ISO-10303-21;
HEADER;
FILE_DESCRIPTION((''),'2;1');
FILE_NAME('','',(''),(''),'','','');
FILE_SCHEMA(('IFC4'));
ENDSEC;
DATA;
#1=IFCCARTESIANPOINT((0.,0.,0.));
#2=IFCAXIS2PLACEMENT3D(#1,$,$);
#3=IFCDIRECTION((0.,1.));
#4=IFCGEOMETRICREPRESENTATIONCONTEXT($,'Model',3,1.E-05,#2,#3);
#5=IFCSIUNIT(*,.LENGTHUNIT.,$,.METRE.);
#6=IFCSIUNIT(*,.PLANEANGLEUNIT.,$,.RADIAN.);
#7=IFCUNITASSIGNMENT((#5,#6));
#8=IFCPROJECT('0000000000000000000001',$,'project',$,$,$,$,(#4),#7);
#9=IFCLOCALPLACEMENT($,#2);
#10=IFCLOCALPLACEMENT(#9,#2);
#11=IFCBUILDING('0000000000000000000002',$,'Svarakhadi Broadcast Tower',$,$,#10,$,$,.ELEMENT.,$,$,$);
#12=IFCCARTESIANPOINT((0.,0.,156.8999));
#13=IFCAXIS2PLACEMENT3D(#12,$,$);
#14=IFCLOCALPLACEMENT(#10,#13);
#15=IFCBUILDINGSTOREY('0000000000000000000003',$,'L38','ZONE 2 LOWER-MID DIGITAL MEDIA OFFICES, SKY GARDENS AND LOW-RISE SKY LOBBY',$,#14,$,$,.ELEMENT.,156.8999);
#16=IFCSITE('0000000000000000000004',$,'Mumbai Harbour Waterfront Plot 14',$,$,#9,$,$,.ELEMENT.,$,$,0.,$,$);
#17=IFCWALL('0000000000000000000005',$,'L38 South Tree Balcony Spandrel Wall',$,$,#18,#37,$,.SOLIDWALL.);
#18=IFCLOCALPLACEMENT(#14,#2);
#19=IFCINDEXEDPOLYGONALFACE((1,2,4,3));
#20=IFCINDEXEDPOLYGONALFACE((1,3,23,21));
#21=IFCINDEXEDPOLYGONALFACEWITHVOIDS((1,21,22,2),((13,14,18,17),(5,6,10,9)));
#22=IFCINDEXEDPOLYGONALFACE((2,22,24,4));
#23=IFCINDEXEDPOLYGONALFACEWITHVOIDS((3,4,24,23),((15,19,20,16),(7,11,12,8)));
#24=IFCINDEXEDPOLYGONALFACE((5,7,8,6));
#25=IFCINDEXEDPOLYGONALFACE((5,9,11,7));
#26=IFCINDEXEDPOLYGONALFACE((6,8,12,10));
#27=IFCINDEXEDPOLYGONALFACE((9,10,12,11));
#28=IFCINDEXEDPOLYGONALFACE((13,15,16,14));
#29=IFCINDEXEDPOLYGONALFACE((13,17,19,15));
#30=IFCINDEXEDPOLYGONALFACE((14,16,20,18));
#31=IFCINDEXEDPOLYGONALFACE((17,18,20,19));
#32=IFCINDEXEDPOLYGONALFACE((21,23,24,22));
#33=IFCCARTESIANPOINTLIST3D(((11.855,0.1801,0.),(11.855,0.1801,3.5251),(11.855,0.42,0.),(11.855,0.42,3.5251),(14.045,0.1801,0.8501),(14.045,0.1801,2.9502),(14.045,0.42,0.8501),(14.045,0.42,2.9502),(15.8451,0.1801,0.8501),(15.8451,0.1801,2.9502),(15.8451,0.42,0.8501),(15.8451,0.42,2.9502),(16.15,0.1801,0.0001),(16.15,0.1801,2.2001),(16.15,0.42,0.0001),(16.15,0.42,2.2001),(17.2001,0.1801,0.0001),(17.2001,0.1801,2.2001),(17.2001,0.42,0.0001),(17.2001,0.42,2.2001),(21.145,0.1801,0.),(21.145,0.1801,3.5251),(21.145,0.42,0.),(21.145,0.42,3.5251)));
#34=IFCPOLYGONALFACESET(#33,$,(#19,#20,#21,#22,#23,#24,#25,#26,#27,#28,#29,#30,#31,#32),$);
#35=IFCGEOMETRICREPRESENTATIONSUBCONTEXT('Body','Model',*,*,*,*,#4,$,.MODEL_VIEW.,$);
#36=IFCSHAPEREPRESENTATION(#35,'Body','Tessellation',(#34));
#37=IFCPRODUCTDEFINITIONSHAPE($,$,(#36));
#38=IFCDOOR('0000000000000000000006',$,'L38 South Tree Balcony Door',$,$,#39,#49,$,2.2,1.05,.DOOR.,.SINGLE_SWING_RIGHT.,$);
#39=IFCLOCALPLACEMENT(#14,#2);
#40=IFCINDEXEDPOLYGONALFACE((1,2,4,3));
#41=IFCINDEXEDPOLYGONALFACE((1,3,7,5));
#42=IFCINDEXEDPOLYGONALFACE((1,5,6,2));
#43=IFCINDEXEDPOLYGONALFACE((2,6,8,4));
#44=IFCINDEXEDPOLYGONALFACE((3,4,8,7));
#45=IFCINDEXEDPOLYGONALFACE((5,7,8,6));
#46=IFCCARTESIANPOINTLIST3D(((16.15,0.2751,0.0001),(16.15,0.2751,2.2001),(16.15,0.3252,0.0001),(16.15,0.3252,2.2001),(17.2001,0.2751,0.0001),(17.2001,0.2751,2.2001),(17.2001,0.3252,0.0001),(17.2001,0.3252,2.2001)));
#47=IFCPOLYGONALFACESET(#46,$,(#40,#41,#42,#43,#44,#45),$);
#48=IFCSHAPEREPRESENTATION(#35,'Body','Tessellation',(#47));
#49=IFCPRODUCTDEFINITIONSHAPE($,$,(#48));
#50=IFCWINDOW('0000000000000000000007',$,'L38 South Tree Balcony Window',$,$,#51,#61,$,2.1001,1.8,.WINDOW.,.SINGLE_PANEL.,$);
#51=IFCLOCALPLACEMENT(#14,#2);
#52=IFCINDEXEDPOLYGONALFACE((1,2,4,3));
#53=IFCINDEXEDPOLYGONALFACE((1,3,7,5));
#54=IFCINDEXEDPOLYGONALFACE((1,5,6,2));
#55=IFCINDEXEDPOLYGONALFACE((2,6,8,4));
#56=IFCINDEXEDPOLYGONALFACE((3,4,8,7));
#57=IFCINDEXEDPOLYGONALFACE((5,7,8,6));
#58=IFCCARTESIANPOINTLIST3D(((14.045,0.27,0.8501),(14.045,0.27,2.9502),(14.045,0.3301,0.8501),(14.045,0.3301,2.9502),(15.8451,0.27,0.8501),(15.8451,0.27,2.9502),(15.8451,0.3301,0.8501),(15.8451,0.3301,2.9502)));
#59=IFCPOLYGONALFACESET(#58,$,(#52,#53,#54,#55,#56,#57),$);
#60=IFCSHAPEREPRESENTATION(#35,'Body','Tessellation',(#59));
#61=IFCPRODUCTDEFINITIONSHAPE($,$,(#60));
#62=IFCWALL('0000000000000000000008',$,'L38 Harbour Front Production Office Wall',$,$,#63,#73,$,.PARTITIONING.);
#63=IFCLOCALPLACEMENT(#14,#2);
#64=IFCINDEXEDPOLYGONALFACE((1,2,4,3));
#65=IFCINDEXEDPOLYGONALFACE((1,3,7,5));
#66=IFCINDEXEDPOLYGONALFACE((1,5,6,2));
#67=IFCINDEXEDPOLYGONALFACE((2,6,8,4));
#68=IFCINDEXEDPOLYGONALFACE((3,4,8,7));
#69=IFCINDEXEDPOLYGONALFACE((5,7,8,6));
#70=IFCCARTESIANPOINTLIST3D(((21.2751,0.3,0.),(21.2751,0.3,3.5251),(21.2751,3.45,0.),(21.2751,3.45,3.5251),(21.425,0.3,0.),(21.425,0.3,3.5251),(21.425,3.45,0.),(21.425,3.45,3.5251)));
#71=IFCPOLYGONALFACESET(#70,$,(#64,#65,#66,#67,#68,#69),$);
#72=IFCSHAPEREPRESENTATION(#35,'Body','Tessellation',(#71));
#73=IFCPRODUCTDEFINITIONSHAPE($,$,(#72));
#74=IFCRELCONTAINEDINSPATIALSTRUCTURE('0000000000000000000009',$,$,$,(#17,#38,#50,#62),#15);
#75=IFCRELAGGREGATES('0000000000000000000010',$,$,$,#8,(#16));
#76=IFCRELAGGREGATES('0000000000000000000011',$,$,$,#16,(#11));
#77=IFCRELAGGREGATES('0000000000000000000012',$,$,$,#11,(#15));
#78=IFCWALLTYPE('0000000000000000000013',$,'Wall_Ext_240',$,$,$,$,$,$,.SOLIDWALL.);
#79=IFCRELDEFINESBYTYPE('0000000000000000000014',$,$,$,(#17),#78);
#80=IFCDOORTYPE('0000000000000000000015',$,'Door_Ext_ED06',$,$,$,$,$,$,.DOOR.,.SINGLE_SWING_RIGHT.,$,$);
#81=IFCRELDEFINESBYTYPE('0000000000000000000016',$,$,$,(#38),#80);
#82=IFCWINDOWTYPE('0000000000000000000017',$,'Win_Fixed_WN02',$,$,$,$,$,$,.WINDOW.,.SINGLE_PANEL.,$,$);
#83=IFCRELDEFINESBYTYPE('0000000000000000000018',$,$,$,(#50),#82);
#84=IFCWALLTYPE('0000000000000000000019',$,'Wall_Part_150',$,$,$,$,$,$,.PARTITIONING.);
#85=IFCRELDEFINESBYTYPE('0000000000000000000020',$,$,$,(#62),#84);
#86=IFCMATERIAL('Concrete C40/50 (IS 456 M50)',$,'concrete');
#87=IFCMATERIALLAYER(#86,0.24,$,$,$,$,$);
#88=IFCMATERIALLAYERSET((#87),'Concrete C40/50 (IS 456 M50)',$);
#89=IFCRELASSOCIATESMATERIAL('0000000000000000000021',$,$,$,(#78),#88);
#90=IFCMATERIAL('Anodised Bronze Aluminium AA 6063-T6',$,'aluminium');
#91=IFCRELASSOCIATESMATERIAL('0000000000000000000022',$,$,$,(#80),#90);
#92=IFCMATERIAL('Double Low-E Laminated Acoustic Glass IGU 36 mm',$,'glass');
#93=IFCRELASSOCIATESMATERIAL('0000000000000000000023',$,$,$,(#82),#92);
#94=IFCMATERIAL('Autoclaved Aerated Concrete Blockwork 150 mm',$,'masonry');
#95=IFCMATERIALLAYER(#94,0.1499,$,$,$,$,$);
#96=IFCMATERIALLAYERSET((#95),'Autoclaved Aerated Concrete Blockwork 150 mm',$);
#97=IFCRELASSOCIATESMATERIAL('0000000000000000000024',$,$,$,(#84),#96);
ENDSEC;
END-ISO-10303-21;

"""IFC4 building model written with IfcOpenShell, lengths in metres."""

from ifc_helpers import new_model, si_unit, direction, frame, frame_2d, origin, place, context, subcontext, project, spatial, rectangle, extrude, material, layer, layer_set, type_object, element, fill, save


model = new_model("IFC4")

# Units and contexts
model_context = context("Model", 3, precision=1e-05, world=origin(), true_north=direction((0.0, 1.0)))
body_context = subcontext(model_context, "Body", "Model", "MODEL_VIEW")
ifc_project = project(units=[si_unit("LENGTHUNIT", "METRE"), si_unit("PLANEANGLEUNIT", "RADIAN")], contexts=[model_context])

# Site, building, storey
site_placement = place(None, origin())
site = spatial("IfcSite", under=ifc_project, at=site_placement, Name="Mumbai Harbour Waterfront Plot 14", CompositionType="ELEMENT", RefElevation=0.0)
building_placement = place(site_placement, origin())
building = spatial("IfcBuilding", under=site, at=building_placement, Name="Svarakhadi Broadcast Tower", CompositionType="ELEMENT")
storey_placement = place(building_placement, frame((0.0, 0.0, 156.8999)))
storey = spatial("IfcBuildingStorey", under=building, at=storey_placement, Name="L38", Description="ZONE 2 LOWER-MID DIGITAL MEDIA OFFICES, SKY GARDENS AND LOW-RISE SKY LOBBY", CompositionType="ELEMENT", Elevation=156.8999)

# Shared definitions
ifc_material_1 = material(Name="Anodised Bronze Aluminium AA 6063-T6", Category="aluminium")

# Shared definitions
ifc_material_2 = material(Name="Double Low-E Laminated Acoustic Glass IGU 36 mm", Category="glass")

# Wall, openings, door, window
ifc_material_3 = material(Name="Concrete C40/50 (IS 456 M50)", Category="concrete")
ifc_layer_1 = layer(ifc_material_3, 0.24)
ifc_layer_set_1 = layer_set([ifc_layer_1], Name="Concrete C40/50 (IS 456 M50)")
wall_type_1 = type_object("IfcWallType", Name="Wall_Ext_240", PredefinedType="SOLIDWALL", material=ifc_layer_set_1)
wall_1_placement = place(storey_placement, frame((21.145, 0.3, 0.0), z_axis=(0.0, 0.0, 1.0), x_axis=(-1.0, 0.0, 0.0)))
wall_1 = element("IfcWall", 1, at=wall_1_placement, inside=storey, type_object=wall_type_1, Name="L38 South Tree Balcony Spandrel Wall", PredefinedType="SOLIDWALL", context=body_context, shape_type="SweptSolid", body=[
    extrude(rectangle(XDim=9.29, YDim=0.24, at=frame_2d((4.645, 0.0))), origin(), (0.0, 0.0, 1.0), 3.5251),
])
opening_1_placement = place(wall_1_placement, frame((3.9451, 0.0, 0.0)))
opening_1 = element("IfcOpeningElement", 2, at=opening_1_placement, cuts=wall_1, PredefinedType="OPENING", context=body_context, shape_type="SweptSolid", body=[
    extrude(rectangle(XDim=1.05, YDim=2.2, at=frame_2d((0.5249, 1.1001))), frame((0.0, 0.1299, 0.0), z_axis=(0.0, -1.0, 0.0), x_axis=(1.0, 0.0, 0.0)), (0.0, 0.0, 1.0), 0.26),
])
opening_2_placement = place(wall_1_placement, frame((5.3, 0.0, 0.8501)))
opening_2 = element("IfcOpeningElement", 3, at=opening_2_placement, cuts=wall_1, PredefinedType="OPENING", context=body_context, shape_type="SweptSolid", body=[
    extrude(rectangle(XDim=1.8, YDim=2.1001, at=frame_2d((0.8999, 1.05))), frame((0.0, 0.1299, 0.0), z_axis=(0.0, -1.0, 0.0), x_axis=(1.0, 0.0, 0.0)), (0.0, 0.0, 1.0), 0.26),
])
door_type = type_object("IfcDoorType", Name="Door_Ext_ED06", OperationType="SINGLE_SWING_RIGHT", PredefinedType="DOOR", material=ifc_material_1)
door_placement = place(opening_1_placement, origin())
door = element("IfcDoor", 4, at=door_placement, inside=storey, type_object=door_type, Name="L38 South Tree Balcony Door", OperationType="SINGLE_SWING_RIGHT", OverallHeight=2.2, OverallWidth=1.05, PredefinedType="DOOR", context=body_context, shape_type="SweptSolid", body=[
    extrude(rectangle(XDim=1.05, YDim=2.2, at=frame_2d((0.5249, 1.1001))), frame((0.0, 0.0249, 0.0), z_axis=(0.0, -1.0, 0.0), x_axis=(1.0, 0.0, 0.0)), (0.0, 0.0, 1.0), 0.05),
])
fill(opening_1, door)
window_type = type_object("IfcWindowType", Name="Win_Fixed_WN02", PartitioningType="SINGLE_PANEL", PredefinedType="WINDOW", material=ifc_material_2)
window_placement = place(opening_2_placement, origin())
window = element("IfcWindow", 5, at=window_placement, inside=storey, type_object=window_type, Name="L38 South Tree Balcony Window", OverallHeight=2.1001, OverallWidth=1.8, PartitioningType="SINGLE_PANEL", PredefinedType="WINDOW", context=body_context, shape_type="SweptSolid", body=[
    extrude(rectangle(XDim=1.8, YDim=2.1001, at=frame_2d((0.8999, 1.05))), frame((0.0, 0.03, 0.0), z_axis=(0.0, -1.0, 0.0), x_axis=(1.0, 0.0, 0.0)), (0.0, 0.0, 1.0), 0.0601),
])
fill(opening_2, window)

# Wall
ifc_material_4 = material(Name="Autoclaved Aerated Concrete Blockwork 150 mm", Category="masonry")
ifc_layer_2 = layer(ifc_material_4, 0.1499)
ifc_layer_set_2 = layer_set([ifc_layer_2], Name="Autoclaved Aerated Concrete Blockwork 150 mm")
wall_type_2 = type_object("IfcWallType", Name="Wall_Part_150", PredefinedType="PARTITIONING", material=ifc_layer_set_2)
wall_2_placement = place(storey_placement, frame((21.3501, 0.3, 0.0), z_axis=(0.0, 0.0, 1.0), x_axis=(0.0, 1.0, 0.0)))
element("IfcWall", 6, at=wall_2_placement, inside=storey, type_object=wall_type_2, Name="L38 Harbour Front Production Office Wall", PredefinedType="PARTITIONING", context=body_context, shape_type="SweptSolid", body=[
    extrude(rectangle(XDim=3.1499, YDim=0.1499, at=frame_2d((1.575, 0.0))), origin(), (0.0, 0.0, 1.0), 3.5251),
])

save(model, "model.ifc")
